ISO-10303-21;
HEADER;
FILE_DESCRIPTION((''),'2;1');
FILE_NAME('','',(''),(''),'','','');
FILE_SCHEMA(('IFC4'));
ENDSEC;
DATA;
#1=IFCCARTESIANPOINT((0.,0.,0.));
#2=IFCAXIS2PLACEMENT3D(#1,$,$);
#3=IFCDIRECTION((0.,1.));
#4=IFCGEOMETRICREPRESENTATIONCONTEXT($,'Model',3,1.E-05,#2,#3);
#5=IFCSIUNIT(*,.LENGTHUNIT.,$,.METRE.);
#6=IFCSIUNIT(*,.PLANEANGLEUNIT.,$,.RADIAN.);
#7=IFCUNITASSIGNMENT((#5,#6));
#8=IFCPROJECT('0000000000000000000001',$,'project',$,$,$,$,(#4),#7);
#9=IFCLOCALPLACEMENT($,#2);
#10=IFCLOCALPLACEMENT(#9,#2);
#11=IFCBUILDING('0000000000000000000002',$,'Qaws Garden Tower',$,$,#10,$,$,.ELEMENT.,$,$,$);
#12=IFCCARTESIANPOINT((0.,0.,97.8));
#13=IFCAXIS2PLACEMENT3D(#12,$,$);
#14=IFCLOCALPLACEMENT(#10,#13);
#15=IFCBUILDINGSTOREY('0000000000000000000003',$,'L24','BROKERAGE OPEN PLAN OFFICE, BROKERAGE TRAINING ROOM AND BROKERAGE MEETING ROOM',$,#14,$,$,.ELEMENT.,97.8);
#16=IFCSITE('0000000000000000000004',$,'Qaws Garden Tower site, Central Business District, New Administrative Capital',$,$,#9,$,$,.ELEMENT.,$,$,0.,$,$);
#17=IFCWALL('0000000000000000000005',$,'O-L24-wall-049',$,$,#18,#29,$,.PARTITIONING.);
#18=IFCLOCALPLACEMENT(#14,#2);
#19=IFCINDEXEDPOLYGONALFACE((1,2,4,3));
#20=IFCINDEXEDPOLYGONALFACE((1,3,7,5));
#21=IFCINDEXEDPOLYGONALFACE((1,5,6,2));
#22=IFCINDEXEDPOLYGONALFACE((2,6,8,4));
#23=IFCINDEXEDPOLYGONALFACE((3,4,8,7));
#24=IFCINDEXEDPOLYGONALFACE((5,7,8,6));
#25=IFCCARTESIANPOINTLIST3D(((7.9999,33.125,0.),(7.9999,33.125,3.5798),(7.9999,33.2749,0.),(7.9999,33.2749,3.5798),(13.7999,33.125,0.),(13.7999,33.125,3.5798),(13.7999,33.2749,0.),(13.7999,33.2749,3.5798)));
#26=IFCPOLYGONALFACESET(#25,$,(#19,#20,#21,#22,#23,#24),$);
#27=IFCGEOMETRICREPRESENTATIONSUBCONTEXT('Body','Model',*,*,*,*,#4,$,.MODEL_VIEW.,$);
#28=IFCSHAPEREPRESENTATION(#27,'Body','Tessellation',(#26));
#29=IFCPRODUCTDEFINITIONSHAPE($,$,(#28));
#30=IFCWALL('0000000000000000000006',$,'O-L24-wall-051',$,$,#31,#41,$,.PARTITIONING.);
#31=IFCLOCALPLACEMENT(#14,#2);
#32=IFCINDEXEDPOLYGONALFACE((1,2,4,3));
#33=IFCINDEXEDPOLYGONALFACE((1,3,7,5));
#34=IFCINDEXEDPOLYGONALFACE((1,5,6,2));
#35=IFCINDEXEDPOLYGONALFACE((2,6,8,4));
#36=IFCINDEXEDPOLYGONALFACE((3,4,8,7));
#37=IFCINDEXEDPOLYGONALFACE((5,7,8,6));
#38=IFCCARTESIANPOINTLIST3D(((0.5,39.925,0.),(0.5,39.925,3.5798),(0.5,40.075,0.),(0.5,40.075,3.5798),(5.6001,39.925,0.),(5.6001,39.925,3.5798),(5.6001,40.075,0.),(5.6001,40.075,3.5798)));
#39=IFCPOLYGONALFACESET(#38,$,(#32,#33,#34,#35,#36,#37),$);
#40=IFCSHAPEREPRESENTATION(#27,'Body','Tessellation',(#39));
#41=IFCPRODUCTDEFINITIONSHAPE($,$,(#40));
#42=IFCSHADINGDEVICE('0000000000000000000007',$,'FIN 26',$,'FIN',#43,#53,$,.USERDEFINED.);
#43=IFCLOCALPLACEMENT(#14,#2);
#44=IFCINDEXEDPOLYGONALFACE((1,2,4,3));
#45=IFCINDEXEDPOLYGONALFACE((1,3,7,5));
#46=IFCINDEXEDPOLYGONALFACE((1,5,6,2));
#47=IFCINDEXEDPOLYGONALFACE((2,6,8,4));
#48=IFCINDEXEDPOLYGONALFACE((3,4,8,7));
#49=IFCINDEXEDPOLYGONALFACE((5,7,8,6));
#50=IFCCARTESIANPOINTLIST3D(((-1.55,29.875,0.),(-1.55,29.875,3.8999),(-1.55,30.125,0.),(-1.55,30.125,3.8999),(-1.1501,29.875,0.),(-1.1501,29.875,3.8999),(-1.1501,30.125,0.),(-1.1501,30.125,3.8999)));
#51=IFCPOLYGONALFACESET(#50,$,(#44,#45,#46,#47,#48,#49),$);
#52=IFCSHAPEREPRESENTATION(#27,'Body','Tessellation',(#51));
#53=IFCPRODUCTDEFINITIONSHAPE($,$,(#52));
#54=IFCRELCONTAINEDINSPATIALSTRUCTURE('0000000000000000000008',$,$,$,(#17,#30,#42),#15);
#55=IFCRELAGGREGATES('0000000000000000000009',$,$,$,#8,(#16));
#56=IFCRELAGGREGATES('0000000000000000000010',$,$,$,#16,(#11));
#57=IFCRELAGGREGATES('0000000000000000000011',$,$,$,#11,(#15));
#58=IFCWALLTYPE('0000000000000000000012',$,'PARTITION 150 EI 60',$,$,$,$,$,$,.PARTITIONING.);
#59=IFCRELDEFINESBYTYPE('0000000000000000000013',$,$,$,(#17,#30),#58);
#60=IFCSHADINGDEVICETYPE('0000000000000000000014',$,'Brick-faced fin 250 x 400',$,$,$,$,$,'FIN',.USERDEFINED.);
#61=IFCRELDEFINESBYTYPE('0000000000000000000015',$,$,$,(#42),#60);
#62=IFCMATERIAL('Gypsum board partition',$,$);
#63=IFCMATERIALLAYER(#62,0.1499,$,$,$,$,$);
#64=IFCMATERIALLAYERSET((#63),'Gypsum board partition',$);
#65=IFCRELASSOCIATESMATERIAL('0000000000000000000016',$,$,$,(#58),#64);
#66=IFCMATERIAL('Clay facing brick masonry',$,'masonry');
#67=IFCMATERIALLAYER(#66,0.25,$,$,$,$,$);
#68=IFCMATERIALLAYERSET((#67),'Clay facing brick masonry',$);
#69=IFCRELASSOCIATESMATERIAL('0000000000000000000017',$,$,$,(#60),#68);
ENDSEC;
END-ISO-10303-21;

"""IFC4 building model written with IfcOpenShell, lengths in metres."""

from ifc_helpers import new_model, si_unit, direction, frame, frame_2d, origin, origin_2d, place, context, subcontext, project, spatial, rectangle, extrude, material, layer, layer_set, type_object, element, save


model = new_model("IFC4")

# Units and contexts
model_context = context("Model", 3, precision=1e-05, world=origin(), true_north=direction((0.0, 1.0)))
body_context = subcontext(model_context, "Body", "Model", "MODEL_VIEW")
ifc_project = project(units=[si_unit("LENGTHUNIT", "METRE"), si_unit("PLANEANGLEUNIT", "RADIAN")], contexts=[model_context])

# Site, building, storey
site_placement = place(None, origin())
site = spatial("IfcSite", under=ifc_project, at=site_placement, Name="Qaws Garden Tower site, Central Business District, New Administrative Capital", CompositionType="ELEMENT", RefElevation=0.0)
building_placement = place(site_placement, origin())
building = spatial("IfcBuilding", under=site, at=building_placement, Name="Qaws Garden Tower", CompositionType="ELEMENT")
storey_placement = place(building_placement, frame((0.0, 0.0, 97.8)))
storey = spatial("IfcBuildingStorey", under=building, at=storey_placement, Name="L24", Description="BROKERAGE OPEN PLAN OFFICE, BROKERAGE TRAINING ROOM AND BROKERAGE MEETING ROOM", CompositionType="ELEMENT", Elevation=97.8)

# Shared definitions
ifc_material_1 = material(Name="Gypsum board partition")
ifc_layer_1 = layer(ifc_material_1, 0.1499)
ifc_layer_set_1 = layer_set([ifc_layer_1], Name="Gypsum board partition")
wall_type_1 = type_object("IfcWallType", Name="PARTITION 150 EI 60", PredefinedType="PARTITIONING", material=ifc_layer_set_1)

# Walls
wall_1_placement = place(storey_placement, frame((8.0, 33.2, 0.0), z_axis=(0.0, 0.0, 1.0), x_axis=(1.0, 0.0, 0.0)))
element("IfcWall", 1, at=wall_1_placement, inside=storey, type_object=wall_type_1, Name="O-L24-wall-049", PredefinedType="PARTITIONING", context=body_context, shape_type="SweptSolid", body=[
    extrude(rectangle(XDim=5.8, YDim=0.1499, at=frame_2d((2.8999, 0.0))), origin(), (0.0, 0.0, 1.0), 3.5798),
])
wall_2_placement = place(storey_placement, frame((0.5, 40.0, 0.0), z_axis=(0.0, 0.0, 1.0), x_axis=(1.0, 0.0, 0.0)))
element("IfcWall", 2, at=wall_2_placement, inside=storey, type_object=wall_type_1, Name="O-L24-wall-051", PredefinedType="PARTITIONING", context=body_context, shape_type="SweptSolid", body=[
    extrude(rectangle(XDim=5.1001, YDim=0.1499, at=frame_2d((2.55, 0.0))), origin(), (0.0, 0.0, 1.0), 3.5798),
])

# Shading device
ifc_material_2 = material(Name="Clay facing brick masonry", Category="masonry")
ifc_layer_2 = layer(ifc_material_2, 0.25)
ifc_layer_set_2 = layer_set([ifc_layer_2], Name="Clay facing brick masonry")
shading_device_type = type_object("IfcShadingDeviceType", Name="Brick-faced fin 250 x 400", ElementType="FIN", PredefinedType="USERDEFINED", material=ifc_layer_set_2)
shading_device_placement = place(storey_placement, frame((-1.3501, 30.0, 0.0), z_axis=(0.0, 0.0, 1.0), x_axis=(0.0, -1.0, 0.0)))
element("IfcShadingDevice", 3, at=shading_device_placement, inside=storey, type_object=shading_device_type, Name="FIN 26", ObjectType="FIN", PredefinedType="USERDEFINED", context=body_context, shape_type="SweptSolid", body=[
    extrude(rectangle(XDim=0.25, YDim=0.3999, at=origin_2d()), origin(), (0.0, 0.0, 1.0), 3.8999),
])

save(model, "model.ifc")
